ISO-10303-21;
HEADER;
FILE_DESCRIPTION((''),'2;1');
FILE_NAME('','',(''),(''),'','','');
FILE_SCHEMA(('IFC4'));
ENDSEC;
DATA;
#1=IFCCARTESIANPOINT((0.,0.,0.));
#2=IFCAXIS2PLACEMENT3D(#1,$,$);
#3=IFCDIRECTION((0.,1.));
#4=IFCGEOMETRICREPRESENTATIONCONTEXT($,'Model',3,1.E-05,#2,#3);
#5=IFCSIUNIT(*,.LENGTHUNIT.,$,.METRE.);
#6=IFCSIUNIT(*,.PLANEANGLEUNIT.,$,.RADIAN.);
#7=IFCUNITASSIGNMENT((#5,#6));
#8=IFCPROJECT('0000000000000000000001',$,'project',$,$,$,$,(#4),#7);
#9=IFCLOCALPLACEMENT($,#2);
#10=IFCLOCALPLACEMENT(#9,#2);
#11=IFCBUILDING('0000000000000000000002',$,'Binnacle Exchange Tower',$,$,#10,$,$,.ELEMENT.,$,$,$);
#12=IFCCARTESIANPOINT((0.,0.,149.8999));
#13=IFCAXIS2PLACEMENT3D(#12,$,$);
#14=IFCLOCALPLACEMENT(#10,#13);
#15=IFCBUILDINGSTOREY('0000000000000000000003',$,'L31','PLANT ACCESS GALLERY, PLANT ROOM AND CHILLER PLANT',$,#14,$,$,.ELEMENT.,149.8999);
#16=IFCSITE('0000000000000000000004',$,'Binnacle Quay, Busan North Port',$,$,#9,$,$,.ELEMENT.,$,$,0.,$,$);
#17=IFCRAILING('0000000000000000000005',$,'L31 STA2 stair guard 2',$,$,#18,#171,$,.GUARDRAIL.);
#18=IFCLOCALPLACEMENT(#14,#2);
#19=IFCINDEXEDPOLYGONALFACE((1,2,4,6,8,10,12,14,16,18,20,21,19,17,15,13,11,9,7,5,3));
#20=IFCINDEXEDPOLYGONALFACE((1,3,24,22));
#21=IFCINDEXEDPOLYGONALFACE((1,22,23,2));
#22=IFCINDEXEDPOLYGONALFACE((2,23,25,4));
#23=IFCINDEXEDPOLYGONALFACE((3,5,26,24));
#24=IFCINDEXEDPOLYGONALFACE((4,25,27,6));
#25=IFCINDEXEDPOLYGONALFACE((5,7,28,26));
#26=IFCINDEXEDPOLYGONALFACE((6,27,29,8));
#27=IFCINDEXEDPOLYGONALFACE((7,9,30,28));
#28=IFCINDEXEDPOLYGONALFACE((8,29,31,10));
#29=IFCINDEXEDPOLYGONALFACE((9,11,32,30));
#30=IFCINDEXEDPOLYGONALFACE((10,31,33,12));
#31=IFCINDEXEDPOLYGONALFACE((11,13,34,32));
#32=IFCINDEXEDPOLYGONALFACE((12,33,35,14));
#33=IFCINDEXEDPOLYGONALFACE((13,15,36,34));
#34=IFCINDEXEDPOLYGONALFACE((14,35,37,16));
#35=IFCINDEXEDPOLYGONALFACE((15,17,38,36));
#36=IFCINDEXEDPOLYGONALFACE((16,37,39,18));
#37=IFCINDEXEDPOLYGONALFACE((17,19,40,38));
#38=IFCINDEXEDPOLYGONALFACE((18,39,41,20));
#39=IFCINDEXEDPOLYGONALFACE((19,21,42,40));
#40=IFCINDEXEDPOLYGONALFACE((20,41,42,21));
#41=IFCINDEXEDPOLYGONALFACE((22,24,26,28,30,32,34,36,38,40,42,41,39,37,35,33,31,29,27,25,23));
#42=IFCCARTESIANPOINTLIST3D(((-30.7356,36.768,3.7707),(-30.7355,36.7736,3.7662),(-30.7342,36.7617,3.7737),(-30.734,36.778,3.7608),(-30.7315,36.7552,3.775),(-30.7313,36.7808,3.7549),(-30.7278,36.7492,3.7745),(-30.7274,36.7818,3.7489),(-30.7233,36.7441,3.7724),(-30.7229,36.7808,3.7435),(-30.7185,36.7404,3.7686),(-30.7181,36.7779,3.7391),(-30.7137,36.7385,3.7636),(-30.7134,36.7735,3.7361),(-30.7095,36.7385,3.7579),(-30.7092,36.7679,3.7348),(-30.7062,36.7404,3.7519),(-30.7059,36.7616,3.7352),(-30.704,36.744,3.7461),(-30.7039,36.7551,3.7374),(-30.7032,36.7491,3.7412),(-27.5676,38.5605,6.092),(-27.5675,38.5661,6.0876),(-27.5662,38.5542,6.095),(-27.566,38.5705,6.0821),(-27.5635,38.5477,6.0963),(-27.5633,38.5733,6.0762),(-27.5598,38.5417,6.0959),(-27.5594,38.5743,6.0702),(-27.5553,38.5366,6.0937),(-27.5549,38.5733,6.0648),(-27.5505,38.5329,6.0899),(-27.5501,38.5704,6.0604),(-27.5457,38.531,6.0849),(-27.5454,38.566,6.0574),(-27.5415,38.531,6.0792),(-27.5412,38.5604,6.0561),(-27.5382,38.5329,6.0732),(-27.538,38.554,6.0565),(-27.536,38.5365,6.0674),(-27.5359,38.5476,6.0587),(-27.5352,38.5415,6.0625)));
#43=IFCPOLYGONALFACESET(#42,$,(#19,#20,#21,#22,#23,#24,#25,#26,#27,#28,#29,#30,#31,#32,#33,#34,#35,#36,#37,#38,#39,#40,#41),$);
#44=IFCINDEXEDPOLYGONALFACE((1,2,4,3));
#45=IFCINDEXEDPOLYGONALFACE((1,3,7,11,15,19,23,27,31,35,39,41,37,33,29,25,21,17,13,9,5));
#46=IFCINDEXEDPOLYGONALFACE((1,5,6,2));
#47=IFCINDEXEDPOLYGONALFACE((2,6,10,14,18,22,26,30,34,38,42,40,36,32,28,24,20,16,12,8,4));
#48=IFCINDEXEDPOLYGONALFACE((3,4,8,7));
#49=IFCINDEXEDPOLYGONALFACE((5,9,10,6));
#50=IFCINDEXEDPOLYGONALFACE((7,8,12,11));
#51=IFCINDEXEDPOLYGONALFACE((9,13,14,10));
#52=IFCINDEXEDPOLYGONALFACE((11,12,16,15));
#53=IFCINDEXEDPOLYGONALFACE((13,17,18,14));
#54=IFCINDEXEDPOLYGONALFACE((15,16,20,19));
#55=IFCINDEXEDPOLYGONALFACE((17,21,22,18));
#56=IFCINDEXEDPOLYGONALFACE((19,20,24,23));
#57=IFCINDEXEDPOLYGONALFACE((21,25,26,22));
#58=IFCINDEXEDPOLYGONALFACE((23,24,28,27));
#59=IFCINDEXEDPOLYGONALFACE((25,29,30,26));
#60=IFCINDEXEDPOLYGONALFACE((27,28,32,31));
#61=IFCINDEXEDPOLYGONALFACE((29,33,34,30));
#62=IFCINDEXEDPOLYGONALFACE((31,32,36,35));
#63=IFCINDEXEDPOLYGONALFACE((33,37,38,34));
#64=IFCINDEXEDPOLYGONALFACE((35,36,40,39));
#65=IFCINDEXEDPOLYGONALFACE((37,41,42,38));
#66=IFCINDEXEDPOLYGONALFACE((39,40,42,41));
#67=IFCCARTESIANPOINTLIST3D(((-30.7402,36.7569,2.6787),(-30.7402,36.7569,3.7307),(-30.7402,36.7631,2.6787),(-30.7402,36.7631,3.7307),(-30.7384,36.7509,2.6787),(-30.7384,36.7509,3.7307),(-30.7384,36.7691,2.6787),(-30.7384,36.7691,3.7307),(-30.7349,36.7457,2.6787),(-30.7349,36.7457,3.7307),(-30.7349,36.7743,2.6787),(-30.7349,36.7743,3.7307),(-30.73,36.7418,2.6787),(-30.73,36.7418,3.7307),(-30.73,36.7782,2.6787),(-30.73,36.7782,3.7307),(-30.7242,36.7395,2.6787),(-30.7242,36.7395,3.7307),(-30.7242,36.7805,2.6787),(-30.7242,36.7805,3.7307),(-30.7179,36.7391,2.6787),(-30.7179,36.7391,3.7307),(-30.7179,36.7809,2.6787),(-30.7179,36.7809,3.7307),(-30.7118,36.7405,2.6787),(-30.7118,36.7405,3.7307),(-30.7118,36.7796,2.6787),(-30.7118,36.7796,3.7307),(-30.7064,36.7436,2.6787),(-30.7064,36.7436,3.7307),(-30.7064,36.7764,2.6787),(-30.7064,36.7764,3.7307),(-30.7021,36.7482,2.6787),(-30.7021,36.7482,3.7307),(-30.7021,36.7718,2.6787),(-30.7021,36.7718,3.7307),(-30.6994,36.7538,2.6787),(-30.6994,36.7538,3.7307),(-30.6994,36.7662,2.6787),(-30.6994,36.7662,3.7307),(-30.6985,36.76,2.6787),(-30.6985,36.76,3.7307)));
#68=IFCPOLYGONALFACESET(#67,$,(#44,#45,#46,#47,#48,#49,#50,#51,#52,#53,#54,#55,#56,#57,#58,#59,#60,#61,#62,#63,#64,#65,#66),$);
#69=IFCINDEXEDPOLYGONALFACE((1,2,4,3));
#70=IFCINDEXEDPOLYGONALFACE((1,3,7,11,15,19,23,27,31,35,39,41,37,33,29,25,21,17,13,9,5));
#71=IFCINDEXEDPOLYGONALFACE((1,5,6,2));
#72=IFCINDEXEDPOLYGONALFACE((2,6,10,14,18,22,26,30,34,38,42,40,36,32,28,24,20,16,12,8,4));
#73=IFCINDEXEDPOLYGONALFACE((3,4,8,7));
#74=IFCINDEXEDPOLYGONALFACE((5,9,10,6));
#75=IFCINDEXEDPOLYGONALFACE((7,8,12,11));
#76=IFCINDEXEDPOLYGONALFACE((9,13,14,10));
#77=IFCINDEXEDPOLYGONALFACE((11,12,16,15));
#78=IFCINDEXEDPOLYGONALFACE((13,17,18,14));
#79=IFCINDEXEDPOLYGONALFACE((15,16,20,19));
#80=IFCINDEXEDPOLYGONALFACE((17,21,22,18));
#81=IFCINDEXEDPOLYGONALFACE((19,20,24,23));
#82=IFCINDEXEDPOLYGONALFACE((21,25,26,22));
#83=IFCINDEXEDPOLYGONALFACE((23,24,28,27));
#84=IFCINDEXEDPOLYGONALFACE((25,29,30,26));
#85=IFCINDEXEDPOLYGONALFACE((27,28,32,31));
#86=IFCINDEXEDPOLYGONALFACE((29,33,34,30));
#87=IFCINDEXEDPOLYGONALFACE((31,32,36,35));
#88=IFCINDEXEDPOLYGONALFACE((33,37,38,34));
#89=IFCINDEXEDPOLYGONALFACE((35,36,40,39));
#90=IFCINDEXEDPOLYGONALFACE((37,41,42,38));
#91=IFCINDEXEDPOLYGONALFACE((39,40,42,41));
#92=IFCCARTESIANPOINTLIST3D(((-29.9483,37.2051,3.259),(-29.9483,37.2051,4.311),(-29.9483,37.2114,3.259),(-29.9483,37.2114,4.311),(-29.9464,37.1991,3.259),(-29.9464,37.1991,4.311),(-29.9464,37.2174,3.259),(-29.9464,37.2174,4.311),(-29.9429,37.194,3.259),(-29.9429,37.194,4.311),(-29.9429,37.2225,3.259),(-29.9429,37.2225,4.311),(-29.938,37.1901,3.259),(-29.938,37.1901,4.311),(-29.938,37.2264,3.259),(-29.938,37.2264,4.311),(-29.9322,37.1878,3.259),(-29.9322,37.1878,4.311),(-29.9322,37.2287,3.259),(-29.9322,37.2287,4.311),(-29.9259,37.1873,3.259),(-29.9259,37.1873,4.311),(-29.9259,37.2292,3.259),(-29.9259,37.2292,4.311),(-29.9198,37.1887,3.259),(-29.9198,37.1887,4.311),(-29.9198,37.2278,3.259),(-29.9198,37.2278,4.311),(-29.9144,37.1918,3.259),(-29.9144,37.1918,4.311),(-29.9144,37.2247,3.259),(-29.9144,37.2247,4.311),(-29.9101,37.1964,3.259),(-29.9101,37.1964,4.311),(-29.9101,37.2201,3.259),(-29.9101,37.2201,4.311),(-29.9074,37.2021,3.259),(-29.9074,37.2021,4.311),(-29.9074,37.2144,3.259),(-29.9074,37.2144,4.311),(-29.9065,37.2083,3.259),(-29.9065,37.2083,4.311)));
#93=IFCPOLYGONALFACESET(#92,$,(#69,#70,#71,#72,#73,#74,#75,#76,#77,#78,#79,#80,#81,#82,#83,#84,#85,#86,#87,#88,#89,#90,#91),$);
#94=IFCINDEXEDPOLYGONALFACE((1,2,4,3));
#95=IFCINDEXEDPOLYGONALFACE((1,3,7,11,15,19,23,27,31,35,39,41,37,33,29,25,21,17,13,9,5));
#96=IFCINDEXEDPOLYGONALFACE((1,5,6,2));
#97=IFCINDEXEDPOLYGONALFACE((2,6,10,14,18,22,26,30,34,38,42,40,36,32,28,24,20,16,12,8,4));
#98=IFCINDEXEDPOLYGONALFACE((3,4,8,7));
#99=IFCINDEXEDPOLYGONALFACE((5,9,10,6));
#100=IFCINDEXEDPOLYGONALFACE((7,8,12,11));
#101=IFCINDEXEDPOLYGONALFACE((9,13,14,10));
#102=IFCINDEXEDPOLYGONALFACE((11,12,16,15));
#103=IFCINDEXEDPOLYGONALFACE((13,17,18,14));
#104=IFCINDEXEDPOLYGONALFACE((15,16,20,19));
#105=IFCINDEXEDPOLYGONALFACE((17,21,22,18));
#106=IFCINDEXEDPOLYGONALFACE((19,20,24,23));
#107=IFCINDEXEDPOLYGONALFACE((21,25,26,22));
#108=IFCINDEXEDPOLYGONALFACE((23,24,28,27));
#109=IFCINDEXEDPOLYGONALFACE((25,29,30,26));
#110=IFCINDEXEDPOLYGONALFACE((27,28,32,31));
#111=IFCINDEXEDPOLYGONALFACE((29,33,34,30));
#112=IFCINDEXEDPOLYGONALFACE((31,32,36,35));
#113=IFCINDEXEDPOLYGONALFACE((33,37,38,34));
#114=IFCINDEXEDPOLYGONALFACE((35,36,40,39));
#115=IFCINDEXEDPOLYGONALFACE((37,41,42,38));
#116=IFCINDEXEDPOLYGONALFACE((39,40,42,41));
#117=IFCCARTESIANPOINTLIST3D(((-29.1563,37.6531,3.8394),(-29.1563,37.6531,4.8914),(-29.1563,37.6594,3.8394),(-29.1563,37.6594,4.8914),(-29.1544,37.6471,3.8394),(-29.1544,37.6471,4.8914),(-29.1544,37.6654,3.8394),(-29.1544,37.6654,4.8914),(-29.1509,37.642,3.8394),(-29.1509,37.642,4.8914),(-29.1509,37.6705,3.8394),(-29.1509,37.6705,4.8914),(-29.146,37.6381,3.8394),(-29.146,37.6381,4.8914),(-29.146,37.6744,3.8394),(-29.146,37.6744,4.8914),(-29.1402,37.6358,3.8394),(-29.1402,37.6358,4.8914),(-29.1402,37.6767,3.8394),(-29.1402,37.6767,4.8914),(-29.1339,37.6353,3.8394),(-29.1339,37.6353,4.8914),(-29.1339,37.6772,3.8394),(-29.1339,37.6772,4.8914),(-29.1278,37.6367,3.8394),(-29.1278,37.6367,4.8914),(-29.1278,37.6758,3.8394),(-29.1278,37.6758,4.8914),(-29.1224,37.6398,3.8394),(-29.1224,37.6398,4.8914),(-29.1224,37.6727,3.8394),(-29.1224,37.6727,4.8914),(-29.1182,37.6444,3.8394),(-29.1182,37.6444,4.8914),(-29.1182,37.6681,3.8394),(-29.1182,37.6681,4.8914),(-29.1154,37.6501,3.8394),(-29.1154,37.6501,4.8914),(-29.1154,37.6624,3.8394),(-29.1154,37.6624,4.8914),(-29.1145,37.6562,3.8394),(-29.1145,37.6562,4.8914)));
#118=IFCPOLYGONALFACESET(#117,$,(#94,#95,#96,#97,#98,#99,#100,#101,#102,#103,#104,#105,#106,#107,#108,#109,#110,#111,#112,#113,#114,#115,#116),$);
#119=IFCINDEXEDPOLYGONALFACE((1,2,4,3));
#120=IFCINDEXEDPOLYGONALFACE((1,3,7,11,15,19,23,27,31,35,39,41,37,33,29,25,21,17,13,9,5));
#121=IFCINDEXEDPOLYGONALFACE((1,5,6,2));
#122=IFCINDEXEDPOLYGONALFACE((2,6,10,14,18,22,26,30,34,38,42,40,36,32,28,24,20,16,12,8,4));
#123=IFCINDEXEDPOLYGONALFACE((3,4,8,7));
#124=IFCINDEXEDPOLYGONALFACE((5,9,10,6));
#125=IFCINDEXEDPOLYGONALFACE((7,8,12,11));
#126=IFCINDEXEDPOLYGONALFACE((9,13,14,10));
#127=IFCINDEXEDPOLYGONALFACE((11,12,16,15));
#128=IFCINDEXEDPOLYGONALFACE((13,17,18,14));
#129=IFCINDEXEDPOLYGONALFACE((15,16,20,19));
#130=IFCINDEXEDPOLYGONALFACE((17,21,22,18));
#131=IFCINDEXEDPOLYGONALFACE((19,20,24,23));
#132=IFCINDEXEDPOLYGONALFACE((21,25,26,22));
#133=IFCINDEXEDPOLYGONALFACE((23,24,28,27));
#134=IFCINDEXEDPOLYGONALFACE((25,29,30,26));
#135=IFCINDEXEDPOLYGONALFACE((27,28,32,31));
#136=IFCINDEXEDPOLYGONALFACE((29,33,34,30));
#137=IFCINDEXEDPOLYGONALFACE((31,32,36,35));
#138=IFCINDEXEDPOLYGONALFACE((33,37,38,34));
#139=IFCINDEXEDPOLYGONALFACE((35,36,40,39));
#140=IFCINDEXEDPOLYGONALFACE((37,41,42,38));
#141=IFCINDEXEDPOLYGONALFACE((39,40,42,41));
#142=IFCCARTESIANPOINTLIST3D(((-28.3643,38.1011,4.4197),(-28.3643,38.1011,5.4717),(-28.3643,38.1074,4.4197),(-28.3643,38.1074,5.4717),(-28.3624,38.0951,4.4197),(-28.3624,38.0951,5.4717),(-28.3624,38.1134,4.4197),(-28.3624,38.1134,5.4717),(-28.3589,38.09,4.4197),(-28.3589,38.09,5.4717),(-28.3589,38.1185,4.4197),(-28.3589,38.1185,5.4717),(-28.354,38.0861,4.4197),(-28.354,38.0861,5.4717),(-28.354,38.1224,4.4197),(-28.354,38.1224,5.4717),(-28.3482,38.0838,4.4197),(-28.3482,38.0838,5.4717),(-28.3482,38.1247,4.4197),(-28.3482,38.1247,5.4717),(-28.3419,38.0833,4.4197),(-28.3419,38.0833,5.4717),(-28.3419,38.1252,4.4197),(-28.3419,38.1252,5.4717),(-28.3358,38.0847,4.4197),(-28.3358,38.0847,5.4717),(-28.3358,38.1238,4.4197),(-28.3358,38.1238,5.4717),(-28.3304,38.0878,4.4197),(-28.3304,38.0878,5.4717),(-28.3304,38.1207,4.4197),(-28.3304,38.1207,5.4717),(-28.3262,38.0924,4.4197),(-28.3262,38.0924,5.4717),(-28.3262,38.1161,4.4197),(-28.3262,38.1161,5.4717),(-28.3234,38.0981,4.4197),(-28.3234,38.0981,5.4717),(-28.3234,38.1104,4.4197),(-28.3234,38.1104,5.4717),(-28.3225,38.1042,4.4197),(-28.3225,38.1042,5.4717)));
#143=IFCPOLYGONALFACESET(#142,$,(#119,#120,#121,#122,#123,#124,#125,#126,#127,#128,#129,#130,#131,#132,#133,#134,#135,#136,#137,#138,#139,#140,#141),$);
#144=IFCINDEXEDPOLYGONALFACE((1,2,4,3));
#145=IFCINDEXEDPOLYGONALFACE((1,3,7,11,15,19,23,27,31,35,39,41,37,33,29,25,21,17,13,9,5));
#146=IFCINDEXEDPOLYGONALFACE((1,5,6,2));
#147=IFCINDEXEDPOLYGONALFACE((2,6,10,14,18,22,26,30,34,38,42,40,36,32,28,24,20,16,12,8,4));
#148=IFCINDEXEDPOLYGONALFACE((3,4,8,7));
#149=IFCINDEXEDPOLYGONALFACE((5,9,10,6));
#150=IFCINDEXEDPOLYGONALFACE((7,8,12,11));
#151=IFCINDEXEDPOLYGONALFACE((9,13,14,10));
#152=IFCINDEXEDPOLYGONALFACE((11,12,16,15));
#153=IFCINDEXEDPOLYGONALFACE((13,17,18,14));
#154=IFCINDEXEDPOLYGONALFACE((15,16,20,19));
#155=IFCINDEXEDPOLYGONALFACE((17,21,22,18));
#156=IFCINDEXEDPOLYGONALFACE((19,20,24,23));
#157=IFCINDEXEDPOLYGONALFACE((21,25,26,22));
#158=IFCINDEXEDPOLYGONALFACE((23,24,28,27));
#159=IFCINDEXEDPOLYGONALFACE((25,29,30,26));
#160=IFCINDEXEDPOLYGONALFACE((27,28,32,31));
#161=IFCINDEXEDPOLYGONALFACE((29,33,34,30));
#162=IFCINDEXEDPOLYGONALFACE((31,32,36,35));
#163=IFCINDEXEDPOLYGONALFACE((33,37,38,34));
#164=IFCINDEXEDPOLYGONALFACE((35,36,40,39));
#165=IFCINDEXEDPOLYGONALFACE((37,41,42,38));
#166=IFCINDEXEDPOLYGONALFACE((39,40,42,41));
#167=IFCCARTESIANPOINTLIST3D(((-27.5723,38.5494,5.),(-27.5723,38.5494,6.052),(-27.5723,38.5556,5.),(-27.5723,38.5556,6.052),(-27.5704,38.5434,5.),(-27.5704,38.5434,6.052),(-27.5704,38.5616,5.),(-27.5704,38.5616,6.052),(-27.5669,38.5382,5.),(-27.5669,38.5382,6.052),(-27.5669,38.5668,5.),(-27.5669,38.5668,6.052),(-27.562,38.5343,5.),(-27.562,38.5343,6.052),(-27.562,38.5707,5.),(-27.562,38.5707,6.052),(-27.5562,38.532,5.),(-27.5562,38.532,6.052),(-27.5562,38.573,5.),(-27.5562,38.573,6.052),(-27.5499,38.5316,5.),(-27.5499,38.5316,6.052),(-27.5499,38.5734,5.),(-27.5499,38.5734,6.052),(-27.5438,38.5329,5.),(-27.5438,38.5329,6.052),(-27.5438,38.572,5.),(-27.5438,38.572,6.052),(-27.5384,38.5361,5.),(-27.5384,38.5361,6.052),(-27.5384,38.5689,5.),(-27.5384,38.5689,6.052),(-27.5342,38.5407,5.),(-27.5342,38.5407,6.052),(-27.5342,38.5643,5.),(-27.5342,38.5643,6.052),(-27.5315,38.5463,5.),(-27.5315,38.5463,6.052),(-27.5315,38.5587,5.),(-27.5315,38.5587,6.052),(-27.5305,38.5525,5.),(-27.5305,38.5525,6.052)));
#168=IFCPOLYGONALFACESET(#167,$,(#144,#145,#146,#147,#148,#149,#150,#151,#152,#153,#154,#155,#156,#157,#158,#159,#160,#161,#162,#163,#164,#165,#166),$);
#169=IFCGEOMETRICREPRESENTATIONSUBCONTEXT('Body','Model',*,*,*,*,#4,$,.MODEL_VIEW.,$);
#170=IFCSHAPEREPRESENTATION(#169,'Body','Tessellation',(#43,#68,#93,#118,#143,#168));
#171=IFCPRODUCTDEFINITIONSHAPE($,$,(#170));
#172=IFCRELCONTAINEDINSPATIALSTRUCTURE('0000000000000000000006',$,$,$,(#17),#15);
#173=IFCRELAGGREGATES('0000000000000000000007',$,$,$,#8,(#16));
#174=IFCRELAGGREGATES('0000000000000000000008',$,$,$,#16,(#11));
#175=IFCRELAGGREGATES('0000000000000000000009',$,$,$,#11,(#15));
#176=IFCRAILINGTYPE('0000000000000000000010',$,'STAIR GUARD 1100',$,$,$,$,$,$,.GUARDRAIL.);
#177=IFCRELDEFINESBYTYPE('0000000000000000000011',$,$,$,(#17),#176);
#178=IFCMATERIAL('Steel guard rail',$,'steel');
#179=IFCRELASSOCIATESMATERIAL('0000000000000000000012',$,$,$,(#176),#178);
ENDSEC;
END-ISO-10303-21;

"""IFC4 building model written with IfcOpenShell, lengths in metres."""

from ifc_helpers import new_model, si_unit, direction, frame, origin, origin_2d, place, context, subcontext, project, spatial, circle, extrude, material, type_object, element, save


model = new_model("IFC4")

# Units and contexts
model_context = context("Model", 3, precision=1e-05, world=origin(), true_north=direction((0.0, 1.0)))
body_context = subcontext(model_context, "Body", "Model", "MODEL_VIEW")
ifc_project = project(units=[si_unit("LENGTHUNIT", "METRE"), si_unit("PLANEANGLEUNIT", "RADIAN")], contexts=[model_context])

# Site, building, storey
site_placement = place(None, origin())
site = spatial("IfcSite", under=ifc_project, at=site_placement, Name="Binnacle Quay, Busan North Port", CompositionType="ELEMENT", RefElevation=0.0)
building_placement = place(site_placement, origin())
building = spatial("IfcBuilding", under=site, at=building_placement, Name="Binnacle Exchange Tower", CompositionType="ELEMENT")
storey_placement = place(building_placement, frame((0.0, 0.0, 149.8999)))
storey = spatial("IfcBuildingStorey", under=building, at=storey_placement, Name="L31", Description="PLANT ACCESS GALLERY, PLANT ROOM AND CHILLER PLANT", CompositionType="ELEMENT", Elevation=149.8999)

# Railing
ifc_material_1 = material(Name="Steel guard rail", Category="steel")
railing_type_1 = type_object("IfcRailingType", Name="STAIR GUARD 1100", PredefinedType="GUARDRAIL", material=ifc_material_1)
railing_1_placement = place(storey_placement, frame((-30.7195, 36.76, 2.6787)))
element("IfcRailing", 1, at=railing_1_placement, inside=storey, type_object=railing_type_1, Name="L31 STA2 stair guard 2", PredefinedType="GUARDRAIL", context=body_context, shape_type="SweptSolid", body=[
    extrude(circle(Radius=0.0239, at=origin_2d()), frame((0.0, 0.0, 1.0762), z_axis=(0.733818, 0.415204, 0.537696), x_axis=(-0.492451, 0.87034, 0.0)), (0.0, 0.0, 1.0), 4.3171),
    extrude(circle(Radius=0.021, at=origin_2d()), origin(), (0.0, 0.0, 1.0), 1.052),
    extrude(circle(Radius=0.021, at=origin_2d()), frame((0.792, 0.4482, 0.5803)), (0.0, 0.0, 1.0), 1.052),
    extrude(circle(Radius=0.021, at=origin_2d()), frame((1.584, 0.8962, 1.1606)), (0.0, 0.0, 1.0), 1.052),
    extrude(circle(Radius=0.021, at=origin_2d()), frame((2.376, 1.3442, 1.741)), (0.0, 0.0, 1.0), 1.052),
    extrude(circle(Radius=0.021, at=origin_2d()), frame((3.168, 1.7925, 2.3213)), (0.0, 0.0, 1.0), 1.052),
])

save(model, "model.ifc")
